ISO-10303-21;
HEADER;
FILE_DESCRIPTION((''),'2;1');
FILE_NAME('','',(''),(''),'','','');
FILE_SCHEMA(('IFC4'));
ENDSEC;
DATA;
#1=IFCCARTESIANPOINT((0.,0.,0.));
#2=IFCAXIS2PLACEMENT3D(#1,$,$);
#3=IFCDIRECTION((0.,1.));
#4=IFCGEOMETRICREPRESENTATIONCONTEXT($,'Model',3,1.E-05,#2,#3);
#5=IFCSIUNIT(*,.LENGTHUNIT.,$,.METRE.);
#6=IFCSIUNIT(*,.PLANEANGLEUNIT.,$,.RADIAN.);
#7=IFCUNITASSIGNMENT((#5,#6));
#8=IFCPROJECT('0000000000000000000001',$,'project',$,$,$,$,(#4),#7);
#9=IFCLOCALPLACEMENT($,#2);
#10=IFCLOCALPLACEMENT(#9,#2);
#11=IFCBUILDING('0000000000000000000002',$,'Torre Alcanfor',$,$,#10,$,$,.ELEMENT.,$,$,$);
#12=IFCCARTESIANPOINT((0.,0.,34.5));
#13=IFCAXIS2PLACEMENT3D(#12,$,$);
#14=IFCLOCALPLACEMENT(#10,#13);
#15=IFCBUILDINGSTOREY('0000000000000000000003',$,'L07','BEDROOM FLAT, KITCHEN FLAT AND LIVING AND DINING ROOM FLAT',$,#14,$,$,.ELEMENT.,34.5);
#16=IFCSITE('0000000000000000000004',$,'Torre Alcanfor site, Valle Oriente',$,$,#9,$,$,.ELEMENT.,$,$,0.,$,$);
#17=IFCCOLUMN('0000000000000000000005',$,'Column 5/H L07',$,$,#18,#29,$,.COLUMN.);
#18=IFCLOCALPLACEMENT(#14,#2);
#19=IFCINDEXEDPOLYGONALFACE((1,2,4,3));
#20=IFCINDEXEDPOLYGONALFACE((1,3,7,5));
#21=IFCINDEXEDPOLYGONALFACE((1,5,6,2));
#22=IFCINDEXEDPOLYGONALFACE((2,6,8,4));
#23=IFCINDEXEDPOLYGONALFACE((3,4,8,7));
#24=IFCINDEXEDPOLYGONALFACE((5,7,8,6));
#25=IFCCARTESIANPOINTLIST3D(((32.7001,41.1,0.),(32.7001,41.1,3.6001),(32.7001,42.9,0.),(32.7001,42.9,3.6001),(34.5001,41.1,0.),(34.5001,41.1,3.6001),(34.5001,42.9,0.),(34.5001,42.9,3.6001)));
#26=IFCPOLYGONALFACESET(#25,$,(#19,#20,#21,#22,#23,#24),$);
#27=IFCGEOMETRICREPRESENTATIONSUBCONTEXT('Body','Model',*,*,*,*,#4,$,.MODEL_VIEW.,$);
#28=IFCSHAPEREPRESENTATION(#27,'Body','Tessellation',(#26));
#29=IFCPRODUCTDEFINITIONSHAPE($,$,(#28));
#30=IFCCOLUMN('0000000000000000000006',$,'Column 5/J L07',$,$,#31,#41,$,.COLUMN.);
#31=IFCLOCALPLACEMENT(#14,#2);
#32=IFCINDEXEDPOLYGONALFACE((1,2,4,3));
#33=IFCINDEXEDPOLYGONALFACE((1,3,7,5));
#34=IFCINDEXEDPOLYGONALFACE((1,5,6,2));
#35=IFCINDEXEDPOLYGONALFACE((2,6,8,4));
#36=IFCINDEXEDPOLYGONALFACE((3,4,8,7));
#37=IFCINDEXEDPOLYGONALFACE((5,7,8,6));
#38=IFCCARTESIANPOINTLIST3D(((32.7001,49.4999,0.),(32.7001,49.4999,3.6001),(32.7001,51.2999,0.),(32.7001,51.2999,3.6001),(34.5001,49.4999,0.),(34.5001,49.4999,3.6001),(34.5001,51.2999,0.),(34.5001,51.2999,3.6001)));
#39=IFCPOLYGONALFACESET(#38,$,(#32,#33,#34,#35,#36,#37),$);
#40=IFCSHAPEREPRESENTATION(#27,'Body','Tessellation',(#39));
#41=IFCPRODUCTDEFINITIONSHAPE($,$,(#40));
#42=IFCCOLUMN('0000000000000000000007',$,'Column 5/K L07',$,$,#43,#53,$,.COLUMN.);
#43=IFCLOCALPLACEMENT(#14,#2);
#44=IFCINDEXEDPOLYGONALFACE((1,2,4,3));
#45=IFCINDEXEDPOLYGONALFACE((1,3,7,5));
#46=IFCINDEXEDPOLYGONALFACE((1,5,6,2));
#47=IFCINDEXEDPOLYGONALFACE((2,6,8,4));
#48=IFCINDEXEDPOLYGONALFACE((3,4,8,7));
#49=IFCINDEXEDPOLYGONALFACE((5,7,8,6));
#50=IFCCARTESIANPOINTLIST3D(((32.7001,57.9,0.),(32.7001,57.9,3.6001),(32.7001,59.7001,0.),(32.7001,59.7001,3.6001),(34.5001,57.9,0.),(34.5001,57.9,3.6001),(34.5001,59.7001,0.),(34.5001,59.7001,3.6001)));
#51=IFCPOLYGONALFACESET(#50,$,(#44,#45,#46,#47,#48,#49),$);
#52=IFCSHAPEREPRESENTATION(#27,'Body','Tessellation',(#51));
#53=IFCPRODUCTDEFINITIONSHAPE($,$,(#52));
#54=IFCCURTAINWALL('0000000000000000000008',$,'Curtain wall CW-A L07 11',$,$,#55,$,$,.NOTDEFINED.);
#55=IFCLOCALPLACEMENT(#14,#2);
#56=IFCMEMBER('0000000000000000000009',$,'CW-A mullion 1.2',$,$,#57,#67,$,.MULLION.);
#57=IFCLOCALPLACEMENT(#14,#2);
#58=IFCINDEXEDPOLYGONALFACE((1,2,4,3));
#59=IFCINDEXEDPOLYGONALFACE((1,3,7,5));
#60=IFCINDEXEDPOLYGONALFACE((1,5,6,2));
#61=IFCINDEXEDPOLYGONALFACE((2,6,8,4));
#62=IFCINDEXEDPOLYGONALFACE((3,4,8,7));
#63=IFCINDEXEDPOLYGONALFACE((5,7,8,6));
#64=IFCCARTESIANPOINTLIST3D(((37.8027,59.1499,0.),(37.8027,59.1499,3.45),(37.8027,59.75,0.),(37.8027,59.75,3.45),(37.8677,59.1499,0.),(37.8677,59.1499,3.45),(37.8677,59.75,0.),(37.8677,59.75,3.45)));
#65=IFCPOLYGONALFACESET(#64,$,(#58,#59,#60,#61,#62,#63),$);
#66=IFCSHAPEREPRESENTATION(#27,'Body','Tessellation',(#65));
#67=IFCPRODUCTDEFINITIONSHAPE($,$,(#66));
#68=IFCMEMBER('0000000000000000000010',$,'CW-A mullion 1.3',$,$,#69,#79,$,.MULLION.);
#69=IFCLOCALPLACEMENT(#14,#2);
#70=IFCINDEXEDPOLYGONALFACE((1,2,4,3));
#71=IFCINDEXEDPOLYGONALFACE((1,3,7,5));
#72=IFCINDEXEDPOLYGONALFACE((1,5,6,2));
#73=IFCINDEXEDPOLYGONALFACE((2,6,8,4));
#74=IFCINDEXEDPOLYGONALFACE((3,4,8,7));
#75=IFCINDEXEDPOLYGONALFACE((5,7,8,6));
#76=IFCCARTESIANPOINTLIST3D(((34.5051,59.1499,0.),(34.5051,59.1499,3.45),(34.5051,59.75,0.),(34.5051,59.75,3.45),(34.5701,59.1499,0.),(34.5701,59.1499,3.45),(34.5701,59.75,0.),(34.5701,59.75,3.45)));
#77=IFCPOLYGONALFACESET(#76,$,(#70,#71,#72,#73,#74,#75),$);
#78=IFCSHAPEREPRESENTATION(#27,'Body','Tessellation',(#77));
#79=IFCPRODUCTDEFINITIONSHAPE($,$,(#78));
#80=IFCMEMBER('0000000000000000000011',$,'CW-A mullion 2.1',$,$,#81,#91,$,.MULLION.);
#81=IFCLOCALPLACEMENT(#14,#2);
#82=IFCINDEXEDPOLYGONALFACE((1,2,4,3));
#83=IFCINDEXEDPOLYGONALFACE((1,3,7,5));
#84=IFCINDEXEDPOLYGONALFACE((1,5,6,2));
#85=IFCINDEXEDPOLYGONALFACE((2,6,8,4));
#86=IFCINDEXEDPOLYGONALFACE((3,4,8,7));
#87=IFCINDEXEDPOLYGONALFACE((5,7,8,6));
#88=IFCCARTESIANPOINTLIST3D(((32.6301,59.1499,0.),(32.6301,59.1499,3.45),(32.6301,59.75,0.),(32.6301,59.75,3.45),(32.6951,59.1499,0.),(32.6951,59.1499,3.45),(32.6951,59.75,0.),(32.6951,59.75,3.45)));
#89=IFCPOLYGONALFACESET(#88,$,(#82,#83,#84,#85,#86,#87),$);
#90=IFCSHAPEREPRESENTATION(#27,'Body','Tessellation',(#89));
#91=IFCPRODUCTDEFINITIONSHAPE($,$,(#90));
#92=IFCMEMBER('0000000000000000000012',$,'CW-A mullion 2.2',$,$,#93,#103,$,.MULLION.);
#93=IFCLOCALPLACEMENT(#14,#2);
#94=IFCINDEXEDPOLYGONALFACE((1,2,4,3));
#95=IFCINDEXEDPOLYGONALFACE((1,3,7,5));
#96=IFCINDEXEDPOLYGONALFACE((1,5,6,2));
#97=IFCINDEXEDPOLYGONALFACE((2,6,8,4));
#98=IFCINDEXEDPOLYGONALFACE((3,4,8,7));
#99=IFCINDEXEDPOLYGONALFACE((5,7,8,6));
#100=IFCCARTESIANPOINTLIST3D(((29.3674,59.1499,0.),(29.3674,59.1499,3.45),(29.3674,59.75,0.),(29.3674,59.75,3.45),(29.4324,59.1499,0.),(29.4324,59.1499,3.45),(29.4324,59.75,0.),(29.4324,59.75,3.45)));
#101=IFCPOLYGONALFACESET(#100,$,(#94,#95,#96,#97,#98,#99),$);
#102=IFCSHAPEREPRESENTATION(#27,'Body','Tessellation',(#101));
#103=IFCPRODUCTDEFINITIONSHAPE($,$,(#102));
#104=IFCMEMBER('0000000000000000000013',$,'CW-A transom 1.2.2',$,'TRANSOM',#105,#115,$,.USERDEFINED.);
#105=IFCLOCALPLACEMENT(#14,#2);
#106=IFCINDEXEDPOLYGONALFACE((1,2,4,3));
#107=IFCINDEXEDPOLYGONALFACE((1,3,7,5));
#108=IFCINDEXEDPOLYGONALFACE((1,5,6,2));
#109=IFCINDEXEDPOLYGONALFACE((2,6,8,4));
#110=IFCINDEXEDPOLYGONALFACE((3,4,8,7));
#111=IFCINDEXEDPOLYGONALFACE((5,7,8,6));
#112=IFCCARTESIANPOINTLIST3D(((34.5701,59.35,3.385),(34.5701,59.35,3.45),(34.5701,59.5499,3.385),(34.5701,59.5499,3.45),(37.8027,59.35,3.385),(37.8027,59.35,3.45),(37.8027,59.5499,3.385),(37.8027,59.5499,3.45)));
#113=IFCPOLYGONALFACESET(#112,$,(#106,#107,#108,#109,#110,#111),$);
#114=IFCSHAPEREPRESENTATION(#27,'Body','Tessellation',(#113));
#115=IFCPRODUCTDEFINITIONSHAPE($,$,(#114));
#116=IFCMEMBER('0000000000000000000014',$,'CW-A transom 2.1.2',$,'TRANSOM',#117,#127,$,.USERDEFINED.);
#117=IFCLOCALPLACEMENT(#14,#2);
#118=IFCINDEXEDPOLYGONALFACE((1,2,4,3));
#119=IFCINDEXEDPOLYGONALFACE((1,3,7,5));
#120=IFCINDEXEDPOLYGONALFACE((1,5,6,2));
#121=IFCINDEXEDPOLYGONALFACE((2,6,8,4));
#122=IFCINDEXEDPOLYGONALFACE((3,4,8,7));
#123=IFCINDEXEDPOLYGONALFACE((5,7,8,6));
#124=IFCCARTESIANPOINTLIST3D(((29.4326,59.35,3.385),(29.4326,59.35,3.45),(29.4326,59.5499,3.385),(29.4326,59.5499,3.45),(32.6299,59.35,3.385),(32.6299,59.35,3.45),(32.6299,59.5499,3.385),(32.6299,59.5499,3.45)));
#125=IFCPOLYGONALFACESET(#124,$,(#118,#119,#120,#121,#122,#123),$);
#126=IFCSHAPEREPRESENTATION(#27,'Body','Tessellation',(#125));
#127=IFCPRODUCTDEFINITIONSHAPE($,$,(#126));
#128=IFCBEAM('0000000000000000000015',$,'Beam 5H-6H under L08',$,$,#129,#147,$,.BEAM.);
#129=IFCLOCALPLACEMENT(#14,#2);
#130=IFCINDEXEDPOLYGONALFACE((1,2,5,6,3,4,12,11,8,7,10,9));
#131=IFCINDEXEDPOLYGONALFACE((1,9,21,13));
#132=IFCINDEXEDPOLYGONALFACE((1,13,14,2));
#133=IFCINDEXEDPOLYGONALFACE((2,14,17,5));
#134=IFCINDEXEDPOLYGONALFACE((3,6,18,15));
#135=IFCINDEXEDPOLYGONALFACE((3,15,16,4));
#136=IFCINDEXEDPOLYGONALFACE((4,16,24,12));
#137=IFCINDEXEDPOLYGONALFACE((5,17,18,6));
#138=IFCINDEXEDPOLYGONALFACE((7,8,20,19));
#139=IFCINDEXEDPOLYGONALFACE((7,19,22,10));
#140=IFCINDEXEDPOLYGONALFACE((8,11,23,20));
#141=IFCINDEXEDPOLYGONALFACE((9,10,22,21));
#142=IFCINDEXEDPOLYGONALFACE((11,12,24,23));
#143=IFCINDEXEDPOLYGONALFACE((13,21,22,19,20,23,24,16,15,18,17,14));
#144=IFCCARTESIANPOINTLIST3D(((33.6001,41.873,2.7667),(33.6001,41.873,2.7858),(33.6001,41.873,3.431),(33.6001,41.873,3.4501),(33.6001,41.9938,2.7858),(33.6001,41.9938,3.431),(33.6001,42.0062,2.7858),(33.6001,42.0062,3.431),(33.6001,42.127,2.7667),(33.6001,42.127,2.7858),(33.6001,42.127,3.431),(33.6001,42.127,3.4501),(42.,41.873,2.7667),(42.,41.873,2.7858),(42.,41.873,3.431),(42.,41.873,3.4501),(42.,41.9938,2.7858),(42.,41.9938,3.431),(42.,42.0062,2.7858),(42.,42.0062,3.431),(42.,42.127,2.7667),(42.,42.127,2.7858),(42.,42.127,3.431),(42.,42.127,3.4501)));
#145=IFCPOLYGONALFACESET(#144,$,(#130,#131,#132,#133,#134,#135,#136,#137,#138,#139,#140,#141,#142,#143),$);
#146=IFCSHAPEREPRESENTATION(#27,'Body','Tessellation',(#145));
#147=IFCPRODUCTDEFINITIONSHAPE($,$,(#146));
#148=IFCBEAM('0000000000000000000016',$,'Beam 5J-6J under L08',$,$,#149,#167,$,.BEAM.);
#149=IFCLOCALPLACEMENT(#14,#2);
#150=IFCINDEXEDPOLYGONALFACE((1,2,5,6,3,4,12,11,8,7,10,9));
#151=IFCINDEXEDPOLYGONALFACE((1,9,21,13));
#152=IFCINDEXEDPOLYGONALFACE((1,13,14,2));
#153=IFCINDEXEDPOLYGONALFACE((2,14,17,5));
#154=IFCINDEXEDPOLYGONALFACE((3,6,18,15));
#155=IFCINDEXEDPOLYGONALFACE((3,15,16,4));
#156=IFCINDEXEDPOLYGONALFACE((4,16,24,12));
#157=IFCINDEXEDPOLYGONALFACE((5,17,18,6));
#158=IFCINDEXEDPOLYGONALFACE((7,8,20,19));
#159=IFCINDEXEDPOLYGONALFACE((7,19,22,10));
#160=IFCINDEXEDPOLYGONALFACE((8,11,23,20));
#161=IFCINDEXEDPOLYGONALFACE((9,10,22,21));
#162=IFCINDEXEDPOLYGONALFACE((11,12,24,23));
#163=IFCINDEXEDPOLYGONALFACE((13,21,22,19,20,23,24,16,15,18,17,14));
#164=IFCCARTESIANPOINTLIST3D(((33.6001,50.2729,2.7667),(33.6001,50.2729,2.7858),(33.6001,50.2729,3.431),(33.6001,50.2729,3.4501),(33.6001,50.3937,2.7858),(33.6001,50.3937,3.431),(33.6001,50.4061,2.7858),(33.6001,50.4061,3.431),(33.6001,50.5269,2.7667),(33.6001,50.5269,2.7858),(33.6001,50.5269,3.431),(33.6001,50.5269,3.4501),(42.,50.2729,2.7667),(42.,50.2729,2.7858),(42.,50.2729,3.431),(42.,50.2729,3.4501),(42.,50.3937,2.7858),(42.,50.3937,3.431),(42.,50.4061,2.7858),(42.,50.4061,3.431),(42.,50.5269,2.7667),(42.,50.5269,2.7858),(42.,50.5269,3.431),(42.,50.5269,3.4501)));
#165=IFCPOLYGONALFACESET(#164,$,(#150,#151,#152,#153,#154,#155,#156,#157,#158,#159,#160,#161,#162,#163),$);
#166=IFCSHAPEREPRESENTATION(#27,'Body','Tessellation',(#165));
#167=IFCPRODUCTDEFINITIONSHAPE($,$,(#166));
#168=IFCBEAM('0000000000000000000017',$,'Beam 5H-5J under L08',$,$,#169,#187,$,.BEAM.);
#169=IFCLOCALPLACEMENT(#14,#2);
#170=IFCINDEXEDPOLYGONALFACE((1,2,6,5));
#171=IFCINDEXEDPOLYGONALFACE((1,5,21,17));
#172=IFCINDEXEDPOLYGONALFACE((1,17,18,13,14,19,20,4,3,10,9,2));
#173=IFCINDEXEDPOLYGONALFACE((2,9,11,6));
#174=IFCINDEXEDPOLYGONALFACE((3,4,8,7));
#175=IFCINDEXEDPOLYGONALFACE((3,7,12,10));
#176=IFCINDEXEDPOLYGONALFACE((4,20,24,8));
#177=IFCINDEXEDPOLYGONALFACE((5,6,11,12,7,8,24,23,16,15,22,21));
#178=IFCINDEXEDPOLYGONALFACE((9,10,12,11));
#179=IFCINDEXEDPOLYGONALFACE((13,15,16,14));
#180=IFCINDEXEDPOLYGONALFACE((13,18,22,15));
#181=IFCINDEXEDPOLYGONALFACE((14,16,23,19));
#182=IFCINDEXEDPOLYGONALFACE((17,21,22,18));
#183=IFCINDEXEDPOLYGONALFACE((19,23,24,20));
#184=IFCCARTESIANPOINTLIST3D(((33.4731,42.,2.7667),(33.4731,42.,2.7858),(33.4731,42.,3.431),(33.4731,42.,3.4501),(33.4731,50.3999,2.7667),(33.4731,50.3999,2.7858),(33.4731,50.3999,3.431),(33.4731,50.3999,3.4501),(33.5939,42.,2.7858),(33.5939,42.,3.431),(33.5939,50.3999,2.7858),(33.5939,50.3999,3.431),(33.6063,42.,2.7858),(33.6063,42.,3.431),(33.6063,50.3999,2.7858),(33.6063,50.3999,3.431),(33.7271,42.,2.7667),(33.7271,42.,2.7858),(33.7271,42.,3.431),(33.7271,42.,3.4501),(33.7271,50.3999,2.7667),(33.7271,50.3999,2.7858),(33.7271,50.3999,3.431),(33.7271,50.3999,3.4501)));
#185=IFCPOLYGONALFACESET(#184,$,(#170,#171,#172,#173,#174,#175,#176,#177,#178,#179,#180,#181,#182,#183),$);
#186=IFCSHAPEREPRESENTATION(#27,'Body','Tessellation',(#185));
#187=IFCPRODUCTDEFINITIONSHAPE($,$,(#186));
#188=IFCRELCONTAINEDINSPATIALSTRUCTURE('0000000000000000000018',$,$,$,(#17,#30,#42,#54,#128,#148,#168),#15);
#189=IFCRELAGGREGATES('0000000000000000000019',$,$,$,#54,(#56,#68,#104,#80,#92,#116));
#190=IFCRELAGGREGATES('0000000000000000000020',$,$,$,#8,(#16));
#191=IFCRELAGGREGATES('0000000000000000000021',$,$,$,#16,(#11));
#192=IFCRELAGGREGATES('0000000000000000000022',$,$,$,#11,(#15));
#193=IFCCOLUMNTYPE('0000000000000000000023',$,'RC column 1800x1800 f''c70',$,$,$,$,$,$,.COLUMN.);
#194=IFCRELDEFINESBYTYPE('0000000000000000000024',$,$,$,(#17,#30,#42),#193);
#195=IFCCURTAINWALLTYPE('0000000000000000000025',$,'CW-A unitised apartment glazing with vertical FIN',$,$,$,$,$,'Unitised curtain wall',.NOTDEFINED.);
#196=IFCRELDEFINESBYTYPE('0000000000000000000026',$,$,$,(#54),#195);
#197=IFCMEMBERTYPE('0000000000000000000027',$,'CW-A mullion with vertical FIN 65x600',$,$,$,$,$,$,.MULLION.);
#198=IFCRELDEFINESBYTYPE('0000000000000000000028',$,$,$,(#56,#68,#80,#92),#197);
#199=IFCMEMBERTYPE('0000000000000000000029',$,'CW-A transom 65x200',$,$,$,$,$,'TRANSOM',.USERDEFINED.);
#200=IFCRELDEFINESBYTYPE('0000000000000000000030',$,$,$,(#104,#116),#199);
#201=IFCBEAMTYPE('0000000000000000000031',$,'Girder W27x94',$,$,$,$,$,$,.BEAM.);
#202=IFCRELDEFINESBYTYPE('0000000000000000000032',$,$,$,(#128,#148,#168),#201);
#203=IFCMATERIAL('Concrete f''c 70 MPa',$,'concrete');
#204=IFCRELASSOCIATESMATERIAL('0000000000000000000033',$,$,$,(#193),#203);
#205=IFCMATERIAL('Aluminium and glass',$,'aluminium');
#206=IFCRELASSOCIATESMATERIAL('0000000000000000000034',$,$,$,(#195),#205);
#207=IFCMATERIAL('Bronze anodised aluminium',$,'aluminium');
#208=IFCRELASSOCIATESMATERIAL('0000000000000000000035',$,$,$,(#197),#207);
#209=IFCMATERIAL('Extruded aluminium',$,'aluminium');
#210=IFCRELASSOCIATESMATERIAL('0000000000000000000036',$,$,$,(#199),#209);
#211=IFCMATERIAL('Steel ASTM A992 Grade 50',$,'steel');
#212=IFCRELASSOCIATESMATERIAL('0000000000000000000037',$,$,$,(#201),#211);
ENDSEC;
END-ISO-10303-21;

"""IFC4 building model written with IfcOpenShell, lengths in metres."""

from ifc_helpers import new_model, si_unit, direction, frame, origin, origin_2d, place, context, subcontext, project, spatial, rectangle, i_section, extrude, material, material_profile, profile_set, type_object, element, aggregate, save


model = new_model("IFC4")

# Units and contexts
model_context = context("Model", 3, precision=1e-05, world=origin(), true_north=direction((0.0, 1.0)))
body_context = subcontext(model_context, "Body", "Model", "MODEL_VIEW")
ifc_project = project(units=[si_unit("LENGTHUNIT", "METRE"), si_unit("PLANEANGLEUNIT", "RADIAN")], contexts=[model_context])

# Site, building, storey
site_placement = place(None, origin())
site = spatial("IfcSite", under=ifc_project, at=site_placement, Name="Torre Alcanfor site, Valle Oriente", CompositionType="ELEMENT", RefElevation=0.0)
building_placement = place(site_placement, origin())
building = spatial("IfcBuilding", under=site, at=building_placement, Name="Torre Alcanfor", CompositionType="ELEMENT")
storey_placement = place(building_placement, frame((0.0, 0.0, 34.5)))
storey = spatial("IfcBuildingStorey", under=building, at=storey_placement, Name="L07", Description="BEDROOM FLAT, KITCHEN FLAT AND LIVING AND DINING ROOM FLAT", CompositionType="ELEMENT", Elevation=34.5)

# Columns
ifc_material_1 = material(Name="Concrete f'c 70 MPa", Category="concrete")
ifc_material_profile_1 = material_profile(ifc_material_1, rectangle(XDim=1.8, YDim=1.8, at=origin_2d()), Name="1800x1800")
ifc_profile_set_1 = profile_set([ifc_material_profile_1], Name="Concrete f'c 70 MPa")
column_type = type_object("IfcColumnType", Name="RC column 1800x1800 f'c70", PredefinedType="COLUMN", material=ifc_profile_set_1)
for number, where, z_axis, x_axis, name in (
    (1, (33.6001, 42.0, 0.0), (0.0, 0.0, 1.0), (1.0, 0.0, 0.0), "Column 5/H L07"),
    (2, (33.6001, 50.3999, 0.0), (0.0, 0.0, 1.0), (1.0, 0.0, 0.0), "Column 5/J L07"),
    (3, (33.6001, 58.8, 0.0), (0.0, 0.0, 1.0), (1.0, 0.0, 0.0), "Column 5/K L07"),
):
    element("IfcColumn", number, at=place(storey_placement, frame(where, z_axis=z_axis, x_axis=x_axis)), inside=storey, type_object=column_type, Name=name, PredefinedType="COLUMN", context=body_context, shape_type="SweptSolid", body=[
        extrude(rectangle(XDim=1.8, YDim=1.8, at=origin_2d()), origin(), (0.0, 0.0, 1.0), 3.6001),
    ])

# Curtain wall, members
ifc_material_2 = material(Name="Aluminium and glass", Category="aluminium")
curtain_wall_type = type_object("IfcCurtainWallType", Name="CW-A unitised apartment glazing with vertical FIN", ElementType="Unitised curtain wall", PredefinedType="NOTDEFINED", material=ifc_material_2)
curtain_wall_placement = place(storey_placement, origin())
curtain_wall = element("IfcCurtainWall", 4, at=curtain_wall_placement, inside=storey, type_object=curtain_wall_type, Name="Curtain wall CW-A L07 11", PredefinedType="NOTDEFINED")
ifc_material_3 = material(Name="Bronze anodised aluminium", Category="aluminium")
ifc_material_profile_2 = material_profile(ifc_material_3, rectangle(XDim=0.6001, YDim=0.0649, at=origin_2d()), Name="CW-A mullion 65x600")
ifc_profile_set_2 = profile_set([ifc_material_profile_2], Name="Bronze anodised aluminium")
member_type_1 = type_object("IfcMemberType", Name="CW-A mullion with vertical FIN 65x600", PredefinedType="MULLION", material=ifc_profile_set_2)
member_1_placement = place(storey_placement, frame((37.8352, 59.45, 0.0), z_axis=(0.0, 0.0, 1.0), x_axis=(0.0, -1.0, 0.0)))
member_1 = element("IfcMember", 5, at=member_1_placement, type_object=member_type_1, Name="CW-A mullion 1.2", PredefinedType="MULLION", context=body_context, shape_type="SweptSolid", body=[
    extrude(rectangle(XDim=0.6001, YDim=0.0649, at=origin_2d()), origin(), (0.0, 0.0, 1.0), 3.45),
])
member_2_placement = place(storey_placement, frame((34.5376, 59.45, 0.0), z_axis=(0.0, 0.0, 1.0), x_axis=(0.0, -1.0, 0.0)))
member_2 = element("IfcMember", 6, at=member_2_placement, type_object=member_type_1, Name="CW-A mullion 1.3", PredefinedType="MULLION", context=body_context, shape_type="SweptSolid", body=[
    extrude(rectangle(XDim=0.6001, YDim=0.0649, at=origin_2d()), origin(), (0.0, 0.0, 1.0), 3.45),
])
member_3_placement = place(storey_placement, frame((32.6626, 59.45, 0.0), z_axis=(0.0, 0.0, 1.0), x_axis=(0.0, -1.0, 0.0)))
member_3 = element("IfcMember", 7, at=member_3_placement, type_object=member_type_1, Name="CW-A mullion 2.1", PredefinedType="MULLION", context=body_context, shape_type="SweptSolid", body=[
    extrude(rectangle(XDim=0.6001, YDim=0.0649, at=origin_2d()), origin(), (0.0, 0.0, 1.0), 3.45),
])
member_4_placement = place(storey_placement, frame((29.3999, 59.45, 0.0), z_axis=(0.0, 0.0, 1.0), x_axis=(0.0, -1.0, 0.0)))
member_4 = element("IfcMember", 8, at=member_4_placement, type_object=member_type_1, Name="CW-A mullion 2.2", PredefinedType="MULLION", context=body_context, shape_type="SweptSolid", body=[
    extrude(rectangle(XDim=0.6001, YDim=0.0649, at=origin_2d()), origin(), (0.0, 0.0, 1.0), 3.45),
])
ifc_material_4 = material(Name="Extruded aluminium", Category="aluminium")
ifc_material_profile_3 = material_profile(ifc_material_4, rectangle(XDim=0.2, YDim=0.0649, at=origin_2d()), Name="CW-A transom 200x65")
ifc_profile_set_3 = profile_set([ifc_material_profile_3], Name="Extruded aluminium")
member_type_2 = type_object("IfcMemberType", Name="CW-A transom 65x200", ElementType="TRANSOM", PredefinedType="USERDEFINED", material=ifc_profile_set_3)
member_5_placement = place(storey_placement, frame((37.8027, 59.45, 3.4175), z_axis=(-1.0, 0.0, 0.0), x_axis=(0.0, -1.0, 0.0)))
member_5 = element("IfcMember", 9, at=member_5_placement, type_object=member_type_2, Name="CW-A transom 1.2.2", ObjectType="TRANSOM", PredefinedType="USERDEFINED", context=body_context, shape_type="SweptSolid", body=[
    extrude(rectangle(XDim=0.2, YDim=0.0649, at=origin_2d()), origin(), (0.0, 0.0, 1.0), 3.2327),
])
member_6_placement = place(storey_placement, frame((32.6299, 59.45, 3.4175), z_axis=(-1.0, 0.0, 0.0), x_axis=(0.0, -1.0, 0.0)))
member_6 = element("IfcMember", 10, at=member_6_placement, type_object=member_type_2, Name="CW-A transom 2.1.2", ObjectType="TRANSOM", PredefinedType="USERDEFINED", context=body_context, shape_type="SweptSolid", body=[
    extrude(rectangle(XDim=0.2, YDim=0.0649, at=origin_2d()), origin(), (0.0, 0.0, 1.0), 3.1973),
])

# Beams
ifc_material_5 = material(Name="Steel ASTM A992 Grade 50", Category="steel")
ifc_material_profile_4 = material_profile(ifc_material_5, i_section(OverallWidth=0.2539, OverallDepth=0.6833, WebThickness=0.0125, FlangeThickness=0.019, at=origin_2d()), Name="W27x94")
ifc_profile_set_4 = profile_set([ifc_material_profile_4], Name="Steel ASTM A992 Grade 50")
beam_type_1 = type_object("IfcBeamType", Name="Girder W27x94", PredefinedType="BEAM", material=ifc_profile_set_4)
for number, where, z_axis, x_axis, name in (
    (11, (33.6001, 42.0, 3.1084), (1.0, 0.0, 0.0), (0.0, 1.0, 0.0), "Beam 5H-6H under L08"),
    (12, (33.6001, 50.3999, 3.1084), (1.0, 0.0, 0.0), (0.0, 1.0, 0.0), "Beam 5J-6J under L08"),
    (13, (33.6001, 42.0, 3.1084), (0.0, 1.0, 0.0), (-1.0, 0.0, 0.0), "Beam 5H-5J under L08"),
):
    element("IfcBeam", number, at=place(storey_placement, frame(where, z_axis=z_axis, x_axis=x_axis)), inside=storey, type_object=beam_type_1, Name=name, PredefinedType="BEAM", context=body_context, shape_type="SweptSolid", body=[
        extrude(i_section(OverallWidth=0.2539, OverallDepth=0.6833, WebThickness=0.0125, FlangeThickness=0.019, at=origin_2d()), origin(), (0.0, 0.0, 1.0), 8.3999),
    ])

aggregate(curtain_wall, [member_1, member_2, member_5, member_3, member_4, member_6])

save(model, "model.ifc")
